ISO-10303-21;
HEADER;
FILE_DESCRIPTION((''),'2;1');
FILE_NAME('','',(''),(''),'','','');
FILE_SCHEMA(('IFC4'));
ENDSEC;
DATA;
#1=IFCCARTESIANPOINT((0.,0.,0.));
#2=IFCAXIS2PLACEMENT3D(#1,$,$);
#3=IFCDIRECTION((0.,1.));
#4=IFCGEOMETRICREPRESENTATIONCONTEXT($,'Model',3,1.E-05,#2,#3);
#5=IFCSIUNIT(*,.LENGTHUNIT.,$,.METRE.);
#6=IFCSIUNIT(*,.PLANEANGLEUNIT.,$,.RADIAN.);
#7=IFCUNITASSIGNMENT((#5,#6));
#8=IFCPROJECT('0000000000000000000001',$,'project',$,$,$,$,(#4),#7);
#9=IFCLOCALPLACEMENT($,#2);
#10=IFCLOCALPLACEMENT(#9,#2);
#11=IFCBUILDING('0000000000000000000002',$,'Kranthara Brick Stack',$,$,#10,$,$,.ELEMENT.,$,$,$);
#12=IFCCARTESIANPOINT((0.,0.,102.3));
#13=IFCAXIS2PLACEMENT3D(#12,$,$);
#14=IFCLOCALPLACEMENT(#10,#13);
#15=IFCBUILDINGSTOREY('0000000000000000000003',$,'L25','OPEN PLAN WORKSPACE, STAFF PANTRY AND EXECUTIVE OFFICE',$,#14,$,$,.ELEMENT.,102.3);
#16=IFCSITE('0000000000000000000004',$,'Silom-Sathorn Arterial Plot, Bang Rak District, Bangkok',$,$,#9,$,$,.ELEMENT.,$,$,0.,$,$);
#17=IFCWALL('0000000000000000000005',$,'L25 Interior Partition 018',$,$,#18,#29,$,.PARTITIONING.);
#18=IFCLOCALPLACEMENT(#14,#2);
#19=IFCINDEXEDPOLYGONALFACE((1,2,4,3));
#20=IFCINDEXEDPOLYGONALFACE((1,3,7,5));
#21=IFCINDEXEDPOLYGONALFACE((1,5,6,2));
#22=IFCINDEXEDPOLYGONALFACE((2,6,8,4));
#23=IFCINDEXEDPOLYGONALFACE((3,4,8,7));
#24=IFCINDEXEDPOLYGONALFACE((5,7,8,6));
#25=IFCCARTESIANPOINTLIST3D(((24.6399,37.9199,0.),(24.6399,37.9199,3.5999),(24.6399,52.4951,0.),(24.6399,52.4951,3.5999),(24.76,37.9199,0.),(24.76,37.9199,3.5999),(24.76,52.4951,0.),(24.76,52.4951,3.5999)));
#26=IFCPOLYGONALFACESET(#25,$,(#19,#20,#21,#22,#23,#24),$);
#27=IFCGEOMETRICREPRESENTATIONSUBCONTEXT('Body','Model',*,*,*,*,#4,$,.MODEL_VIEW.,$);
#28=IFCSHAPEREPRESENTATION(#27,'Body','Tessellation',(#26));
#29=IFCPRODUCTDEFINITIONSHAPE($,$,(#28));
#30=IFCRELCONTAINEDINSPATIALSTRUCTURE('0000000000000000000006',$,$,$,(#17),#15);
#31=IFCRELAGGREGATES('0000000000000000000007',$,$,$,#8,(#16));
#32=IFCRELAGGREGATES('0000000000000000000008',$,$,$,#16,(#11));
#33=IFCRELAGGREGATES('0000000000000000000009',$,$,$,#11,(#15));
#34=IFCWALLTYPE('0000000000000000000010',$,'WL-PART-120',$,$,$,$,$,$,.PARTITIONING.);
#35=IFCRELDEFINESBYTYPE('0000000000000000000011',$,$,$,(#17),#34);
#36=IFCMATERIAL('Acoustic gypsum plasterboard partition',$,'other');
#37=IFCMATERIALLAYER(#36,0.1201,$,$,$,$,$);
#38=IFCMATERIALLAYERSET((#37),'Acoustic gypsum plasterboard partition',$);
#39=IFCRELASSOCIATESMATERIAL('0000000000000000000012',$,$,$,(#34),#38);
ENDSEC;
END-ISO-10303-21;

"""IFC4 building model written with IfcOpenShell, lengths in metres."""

from ifc_helpers import new_model, si_unit, direction, frame, frame_2d, origin, place, context, subcontext, project, spatial, rectangle, extrude, material, layer, layer_set, type_object, element, save


model = new_model("IFC4")

# Units and contexts
model_context = context("Model", 3, precision=1e-05, world=origin(), true_north=direction((0.0, 1.0)))
body_context = subcontext(model_context, "Body", "Model", "MODEL_VIEW")
ifc_project = project(units=[si_unit("LENGTHUNIT", "METRE"), si_unit("PLANEANGLEUNIT", "RADIAN")], contexts=[model_context])

# Site, building, storey
site_placement = place(None, origin())
site = spatial("IfcSite", under=ifc_project, at=site_placement, Name="Silom-Sathorn Arterial Plot, Bang Rak District, Bangkok", CompositionType="ELEMENT", RefElevation=0.0)
building_placement = place(site_placement, origin())
building = spatial("IfcBuilding", under=site, at=building_placement, Name="Kranthara Brick Stack", CompositionType="ELEMENT")
storey_placement = place(building_placement, frame((0.0, 0.0, 102.3)))
storey = spatial("IfcBuildingStorey", under=building, at=storey_placement, Name="L25", Description="OPEN PLAN WORKSPACE, STAFF PANTRY AND EXECUTIVE OFFICE", CompositionType="ELEMENT", Elevation=102.3)

# Wall
ifc_material_1 = material(Name="Acoustic gypsum plasterboard partition", Category="other")
ifc_layer = layer(ifc_material_1, 0.1201)
ifc_layer_set = layer_set([ifc_layer], Name="Acoustic gypsum plasterboard partition")
wall_type = type_object("IfcWallType", Name="WL-PART-120", PredefinedType="PARTITIONING", material=ifc_layer_set)
wall_placement = place(storey_placement, frame((24.7, 37.9199, 0.0), z_axis=(0.0, 0.0, 1.0), x_axis=(0.0, 1.0, 0.0)))
element("IfcWall", 1, at=wall_placement, inside=storey, type_object=wall_type, Name="L25 Interior Partition 018", PredefinedType="PARTITIONING", context=body_context, shape_type="SweptSolid", body=[
    extrude(rectangle(XDim=14.5752, YDim=0.1201, at=frame_2d((7.2876, 0.0))), origin(), (0.0, 0.0, 1.0), 3.5999),
])

save(model, "model.ifc")
